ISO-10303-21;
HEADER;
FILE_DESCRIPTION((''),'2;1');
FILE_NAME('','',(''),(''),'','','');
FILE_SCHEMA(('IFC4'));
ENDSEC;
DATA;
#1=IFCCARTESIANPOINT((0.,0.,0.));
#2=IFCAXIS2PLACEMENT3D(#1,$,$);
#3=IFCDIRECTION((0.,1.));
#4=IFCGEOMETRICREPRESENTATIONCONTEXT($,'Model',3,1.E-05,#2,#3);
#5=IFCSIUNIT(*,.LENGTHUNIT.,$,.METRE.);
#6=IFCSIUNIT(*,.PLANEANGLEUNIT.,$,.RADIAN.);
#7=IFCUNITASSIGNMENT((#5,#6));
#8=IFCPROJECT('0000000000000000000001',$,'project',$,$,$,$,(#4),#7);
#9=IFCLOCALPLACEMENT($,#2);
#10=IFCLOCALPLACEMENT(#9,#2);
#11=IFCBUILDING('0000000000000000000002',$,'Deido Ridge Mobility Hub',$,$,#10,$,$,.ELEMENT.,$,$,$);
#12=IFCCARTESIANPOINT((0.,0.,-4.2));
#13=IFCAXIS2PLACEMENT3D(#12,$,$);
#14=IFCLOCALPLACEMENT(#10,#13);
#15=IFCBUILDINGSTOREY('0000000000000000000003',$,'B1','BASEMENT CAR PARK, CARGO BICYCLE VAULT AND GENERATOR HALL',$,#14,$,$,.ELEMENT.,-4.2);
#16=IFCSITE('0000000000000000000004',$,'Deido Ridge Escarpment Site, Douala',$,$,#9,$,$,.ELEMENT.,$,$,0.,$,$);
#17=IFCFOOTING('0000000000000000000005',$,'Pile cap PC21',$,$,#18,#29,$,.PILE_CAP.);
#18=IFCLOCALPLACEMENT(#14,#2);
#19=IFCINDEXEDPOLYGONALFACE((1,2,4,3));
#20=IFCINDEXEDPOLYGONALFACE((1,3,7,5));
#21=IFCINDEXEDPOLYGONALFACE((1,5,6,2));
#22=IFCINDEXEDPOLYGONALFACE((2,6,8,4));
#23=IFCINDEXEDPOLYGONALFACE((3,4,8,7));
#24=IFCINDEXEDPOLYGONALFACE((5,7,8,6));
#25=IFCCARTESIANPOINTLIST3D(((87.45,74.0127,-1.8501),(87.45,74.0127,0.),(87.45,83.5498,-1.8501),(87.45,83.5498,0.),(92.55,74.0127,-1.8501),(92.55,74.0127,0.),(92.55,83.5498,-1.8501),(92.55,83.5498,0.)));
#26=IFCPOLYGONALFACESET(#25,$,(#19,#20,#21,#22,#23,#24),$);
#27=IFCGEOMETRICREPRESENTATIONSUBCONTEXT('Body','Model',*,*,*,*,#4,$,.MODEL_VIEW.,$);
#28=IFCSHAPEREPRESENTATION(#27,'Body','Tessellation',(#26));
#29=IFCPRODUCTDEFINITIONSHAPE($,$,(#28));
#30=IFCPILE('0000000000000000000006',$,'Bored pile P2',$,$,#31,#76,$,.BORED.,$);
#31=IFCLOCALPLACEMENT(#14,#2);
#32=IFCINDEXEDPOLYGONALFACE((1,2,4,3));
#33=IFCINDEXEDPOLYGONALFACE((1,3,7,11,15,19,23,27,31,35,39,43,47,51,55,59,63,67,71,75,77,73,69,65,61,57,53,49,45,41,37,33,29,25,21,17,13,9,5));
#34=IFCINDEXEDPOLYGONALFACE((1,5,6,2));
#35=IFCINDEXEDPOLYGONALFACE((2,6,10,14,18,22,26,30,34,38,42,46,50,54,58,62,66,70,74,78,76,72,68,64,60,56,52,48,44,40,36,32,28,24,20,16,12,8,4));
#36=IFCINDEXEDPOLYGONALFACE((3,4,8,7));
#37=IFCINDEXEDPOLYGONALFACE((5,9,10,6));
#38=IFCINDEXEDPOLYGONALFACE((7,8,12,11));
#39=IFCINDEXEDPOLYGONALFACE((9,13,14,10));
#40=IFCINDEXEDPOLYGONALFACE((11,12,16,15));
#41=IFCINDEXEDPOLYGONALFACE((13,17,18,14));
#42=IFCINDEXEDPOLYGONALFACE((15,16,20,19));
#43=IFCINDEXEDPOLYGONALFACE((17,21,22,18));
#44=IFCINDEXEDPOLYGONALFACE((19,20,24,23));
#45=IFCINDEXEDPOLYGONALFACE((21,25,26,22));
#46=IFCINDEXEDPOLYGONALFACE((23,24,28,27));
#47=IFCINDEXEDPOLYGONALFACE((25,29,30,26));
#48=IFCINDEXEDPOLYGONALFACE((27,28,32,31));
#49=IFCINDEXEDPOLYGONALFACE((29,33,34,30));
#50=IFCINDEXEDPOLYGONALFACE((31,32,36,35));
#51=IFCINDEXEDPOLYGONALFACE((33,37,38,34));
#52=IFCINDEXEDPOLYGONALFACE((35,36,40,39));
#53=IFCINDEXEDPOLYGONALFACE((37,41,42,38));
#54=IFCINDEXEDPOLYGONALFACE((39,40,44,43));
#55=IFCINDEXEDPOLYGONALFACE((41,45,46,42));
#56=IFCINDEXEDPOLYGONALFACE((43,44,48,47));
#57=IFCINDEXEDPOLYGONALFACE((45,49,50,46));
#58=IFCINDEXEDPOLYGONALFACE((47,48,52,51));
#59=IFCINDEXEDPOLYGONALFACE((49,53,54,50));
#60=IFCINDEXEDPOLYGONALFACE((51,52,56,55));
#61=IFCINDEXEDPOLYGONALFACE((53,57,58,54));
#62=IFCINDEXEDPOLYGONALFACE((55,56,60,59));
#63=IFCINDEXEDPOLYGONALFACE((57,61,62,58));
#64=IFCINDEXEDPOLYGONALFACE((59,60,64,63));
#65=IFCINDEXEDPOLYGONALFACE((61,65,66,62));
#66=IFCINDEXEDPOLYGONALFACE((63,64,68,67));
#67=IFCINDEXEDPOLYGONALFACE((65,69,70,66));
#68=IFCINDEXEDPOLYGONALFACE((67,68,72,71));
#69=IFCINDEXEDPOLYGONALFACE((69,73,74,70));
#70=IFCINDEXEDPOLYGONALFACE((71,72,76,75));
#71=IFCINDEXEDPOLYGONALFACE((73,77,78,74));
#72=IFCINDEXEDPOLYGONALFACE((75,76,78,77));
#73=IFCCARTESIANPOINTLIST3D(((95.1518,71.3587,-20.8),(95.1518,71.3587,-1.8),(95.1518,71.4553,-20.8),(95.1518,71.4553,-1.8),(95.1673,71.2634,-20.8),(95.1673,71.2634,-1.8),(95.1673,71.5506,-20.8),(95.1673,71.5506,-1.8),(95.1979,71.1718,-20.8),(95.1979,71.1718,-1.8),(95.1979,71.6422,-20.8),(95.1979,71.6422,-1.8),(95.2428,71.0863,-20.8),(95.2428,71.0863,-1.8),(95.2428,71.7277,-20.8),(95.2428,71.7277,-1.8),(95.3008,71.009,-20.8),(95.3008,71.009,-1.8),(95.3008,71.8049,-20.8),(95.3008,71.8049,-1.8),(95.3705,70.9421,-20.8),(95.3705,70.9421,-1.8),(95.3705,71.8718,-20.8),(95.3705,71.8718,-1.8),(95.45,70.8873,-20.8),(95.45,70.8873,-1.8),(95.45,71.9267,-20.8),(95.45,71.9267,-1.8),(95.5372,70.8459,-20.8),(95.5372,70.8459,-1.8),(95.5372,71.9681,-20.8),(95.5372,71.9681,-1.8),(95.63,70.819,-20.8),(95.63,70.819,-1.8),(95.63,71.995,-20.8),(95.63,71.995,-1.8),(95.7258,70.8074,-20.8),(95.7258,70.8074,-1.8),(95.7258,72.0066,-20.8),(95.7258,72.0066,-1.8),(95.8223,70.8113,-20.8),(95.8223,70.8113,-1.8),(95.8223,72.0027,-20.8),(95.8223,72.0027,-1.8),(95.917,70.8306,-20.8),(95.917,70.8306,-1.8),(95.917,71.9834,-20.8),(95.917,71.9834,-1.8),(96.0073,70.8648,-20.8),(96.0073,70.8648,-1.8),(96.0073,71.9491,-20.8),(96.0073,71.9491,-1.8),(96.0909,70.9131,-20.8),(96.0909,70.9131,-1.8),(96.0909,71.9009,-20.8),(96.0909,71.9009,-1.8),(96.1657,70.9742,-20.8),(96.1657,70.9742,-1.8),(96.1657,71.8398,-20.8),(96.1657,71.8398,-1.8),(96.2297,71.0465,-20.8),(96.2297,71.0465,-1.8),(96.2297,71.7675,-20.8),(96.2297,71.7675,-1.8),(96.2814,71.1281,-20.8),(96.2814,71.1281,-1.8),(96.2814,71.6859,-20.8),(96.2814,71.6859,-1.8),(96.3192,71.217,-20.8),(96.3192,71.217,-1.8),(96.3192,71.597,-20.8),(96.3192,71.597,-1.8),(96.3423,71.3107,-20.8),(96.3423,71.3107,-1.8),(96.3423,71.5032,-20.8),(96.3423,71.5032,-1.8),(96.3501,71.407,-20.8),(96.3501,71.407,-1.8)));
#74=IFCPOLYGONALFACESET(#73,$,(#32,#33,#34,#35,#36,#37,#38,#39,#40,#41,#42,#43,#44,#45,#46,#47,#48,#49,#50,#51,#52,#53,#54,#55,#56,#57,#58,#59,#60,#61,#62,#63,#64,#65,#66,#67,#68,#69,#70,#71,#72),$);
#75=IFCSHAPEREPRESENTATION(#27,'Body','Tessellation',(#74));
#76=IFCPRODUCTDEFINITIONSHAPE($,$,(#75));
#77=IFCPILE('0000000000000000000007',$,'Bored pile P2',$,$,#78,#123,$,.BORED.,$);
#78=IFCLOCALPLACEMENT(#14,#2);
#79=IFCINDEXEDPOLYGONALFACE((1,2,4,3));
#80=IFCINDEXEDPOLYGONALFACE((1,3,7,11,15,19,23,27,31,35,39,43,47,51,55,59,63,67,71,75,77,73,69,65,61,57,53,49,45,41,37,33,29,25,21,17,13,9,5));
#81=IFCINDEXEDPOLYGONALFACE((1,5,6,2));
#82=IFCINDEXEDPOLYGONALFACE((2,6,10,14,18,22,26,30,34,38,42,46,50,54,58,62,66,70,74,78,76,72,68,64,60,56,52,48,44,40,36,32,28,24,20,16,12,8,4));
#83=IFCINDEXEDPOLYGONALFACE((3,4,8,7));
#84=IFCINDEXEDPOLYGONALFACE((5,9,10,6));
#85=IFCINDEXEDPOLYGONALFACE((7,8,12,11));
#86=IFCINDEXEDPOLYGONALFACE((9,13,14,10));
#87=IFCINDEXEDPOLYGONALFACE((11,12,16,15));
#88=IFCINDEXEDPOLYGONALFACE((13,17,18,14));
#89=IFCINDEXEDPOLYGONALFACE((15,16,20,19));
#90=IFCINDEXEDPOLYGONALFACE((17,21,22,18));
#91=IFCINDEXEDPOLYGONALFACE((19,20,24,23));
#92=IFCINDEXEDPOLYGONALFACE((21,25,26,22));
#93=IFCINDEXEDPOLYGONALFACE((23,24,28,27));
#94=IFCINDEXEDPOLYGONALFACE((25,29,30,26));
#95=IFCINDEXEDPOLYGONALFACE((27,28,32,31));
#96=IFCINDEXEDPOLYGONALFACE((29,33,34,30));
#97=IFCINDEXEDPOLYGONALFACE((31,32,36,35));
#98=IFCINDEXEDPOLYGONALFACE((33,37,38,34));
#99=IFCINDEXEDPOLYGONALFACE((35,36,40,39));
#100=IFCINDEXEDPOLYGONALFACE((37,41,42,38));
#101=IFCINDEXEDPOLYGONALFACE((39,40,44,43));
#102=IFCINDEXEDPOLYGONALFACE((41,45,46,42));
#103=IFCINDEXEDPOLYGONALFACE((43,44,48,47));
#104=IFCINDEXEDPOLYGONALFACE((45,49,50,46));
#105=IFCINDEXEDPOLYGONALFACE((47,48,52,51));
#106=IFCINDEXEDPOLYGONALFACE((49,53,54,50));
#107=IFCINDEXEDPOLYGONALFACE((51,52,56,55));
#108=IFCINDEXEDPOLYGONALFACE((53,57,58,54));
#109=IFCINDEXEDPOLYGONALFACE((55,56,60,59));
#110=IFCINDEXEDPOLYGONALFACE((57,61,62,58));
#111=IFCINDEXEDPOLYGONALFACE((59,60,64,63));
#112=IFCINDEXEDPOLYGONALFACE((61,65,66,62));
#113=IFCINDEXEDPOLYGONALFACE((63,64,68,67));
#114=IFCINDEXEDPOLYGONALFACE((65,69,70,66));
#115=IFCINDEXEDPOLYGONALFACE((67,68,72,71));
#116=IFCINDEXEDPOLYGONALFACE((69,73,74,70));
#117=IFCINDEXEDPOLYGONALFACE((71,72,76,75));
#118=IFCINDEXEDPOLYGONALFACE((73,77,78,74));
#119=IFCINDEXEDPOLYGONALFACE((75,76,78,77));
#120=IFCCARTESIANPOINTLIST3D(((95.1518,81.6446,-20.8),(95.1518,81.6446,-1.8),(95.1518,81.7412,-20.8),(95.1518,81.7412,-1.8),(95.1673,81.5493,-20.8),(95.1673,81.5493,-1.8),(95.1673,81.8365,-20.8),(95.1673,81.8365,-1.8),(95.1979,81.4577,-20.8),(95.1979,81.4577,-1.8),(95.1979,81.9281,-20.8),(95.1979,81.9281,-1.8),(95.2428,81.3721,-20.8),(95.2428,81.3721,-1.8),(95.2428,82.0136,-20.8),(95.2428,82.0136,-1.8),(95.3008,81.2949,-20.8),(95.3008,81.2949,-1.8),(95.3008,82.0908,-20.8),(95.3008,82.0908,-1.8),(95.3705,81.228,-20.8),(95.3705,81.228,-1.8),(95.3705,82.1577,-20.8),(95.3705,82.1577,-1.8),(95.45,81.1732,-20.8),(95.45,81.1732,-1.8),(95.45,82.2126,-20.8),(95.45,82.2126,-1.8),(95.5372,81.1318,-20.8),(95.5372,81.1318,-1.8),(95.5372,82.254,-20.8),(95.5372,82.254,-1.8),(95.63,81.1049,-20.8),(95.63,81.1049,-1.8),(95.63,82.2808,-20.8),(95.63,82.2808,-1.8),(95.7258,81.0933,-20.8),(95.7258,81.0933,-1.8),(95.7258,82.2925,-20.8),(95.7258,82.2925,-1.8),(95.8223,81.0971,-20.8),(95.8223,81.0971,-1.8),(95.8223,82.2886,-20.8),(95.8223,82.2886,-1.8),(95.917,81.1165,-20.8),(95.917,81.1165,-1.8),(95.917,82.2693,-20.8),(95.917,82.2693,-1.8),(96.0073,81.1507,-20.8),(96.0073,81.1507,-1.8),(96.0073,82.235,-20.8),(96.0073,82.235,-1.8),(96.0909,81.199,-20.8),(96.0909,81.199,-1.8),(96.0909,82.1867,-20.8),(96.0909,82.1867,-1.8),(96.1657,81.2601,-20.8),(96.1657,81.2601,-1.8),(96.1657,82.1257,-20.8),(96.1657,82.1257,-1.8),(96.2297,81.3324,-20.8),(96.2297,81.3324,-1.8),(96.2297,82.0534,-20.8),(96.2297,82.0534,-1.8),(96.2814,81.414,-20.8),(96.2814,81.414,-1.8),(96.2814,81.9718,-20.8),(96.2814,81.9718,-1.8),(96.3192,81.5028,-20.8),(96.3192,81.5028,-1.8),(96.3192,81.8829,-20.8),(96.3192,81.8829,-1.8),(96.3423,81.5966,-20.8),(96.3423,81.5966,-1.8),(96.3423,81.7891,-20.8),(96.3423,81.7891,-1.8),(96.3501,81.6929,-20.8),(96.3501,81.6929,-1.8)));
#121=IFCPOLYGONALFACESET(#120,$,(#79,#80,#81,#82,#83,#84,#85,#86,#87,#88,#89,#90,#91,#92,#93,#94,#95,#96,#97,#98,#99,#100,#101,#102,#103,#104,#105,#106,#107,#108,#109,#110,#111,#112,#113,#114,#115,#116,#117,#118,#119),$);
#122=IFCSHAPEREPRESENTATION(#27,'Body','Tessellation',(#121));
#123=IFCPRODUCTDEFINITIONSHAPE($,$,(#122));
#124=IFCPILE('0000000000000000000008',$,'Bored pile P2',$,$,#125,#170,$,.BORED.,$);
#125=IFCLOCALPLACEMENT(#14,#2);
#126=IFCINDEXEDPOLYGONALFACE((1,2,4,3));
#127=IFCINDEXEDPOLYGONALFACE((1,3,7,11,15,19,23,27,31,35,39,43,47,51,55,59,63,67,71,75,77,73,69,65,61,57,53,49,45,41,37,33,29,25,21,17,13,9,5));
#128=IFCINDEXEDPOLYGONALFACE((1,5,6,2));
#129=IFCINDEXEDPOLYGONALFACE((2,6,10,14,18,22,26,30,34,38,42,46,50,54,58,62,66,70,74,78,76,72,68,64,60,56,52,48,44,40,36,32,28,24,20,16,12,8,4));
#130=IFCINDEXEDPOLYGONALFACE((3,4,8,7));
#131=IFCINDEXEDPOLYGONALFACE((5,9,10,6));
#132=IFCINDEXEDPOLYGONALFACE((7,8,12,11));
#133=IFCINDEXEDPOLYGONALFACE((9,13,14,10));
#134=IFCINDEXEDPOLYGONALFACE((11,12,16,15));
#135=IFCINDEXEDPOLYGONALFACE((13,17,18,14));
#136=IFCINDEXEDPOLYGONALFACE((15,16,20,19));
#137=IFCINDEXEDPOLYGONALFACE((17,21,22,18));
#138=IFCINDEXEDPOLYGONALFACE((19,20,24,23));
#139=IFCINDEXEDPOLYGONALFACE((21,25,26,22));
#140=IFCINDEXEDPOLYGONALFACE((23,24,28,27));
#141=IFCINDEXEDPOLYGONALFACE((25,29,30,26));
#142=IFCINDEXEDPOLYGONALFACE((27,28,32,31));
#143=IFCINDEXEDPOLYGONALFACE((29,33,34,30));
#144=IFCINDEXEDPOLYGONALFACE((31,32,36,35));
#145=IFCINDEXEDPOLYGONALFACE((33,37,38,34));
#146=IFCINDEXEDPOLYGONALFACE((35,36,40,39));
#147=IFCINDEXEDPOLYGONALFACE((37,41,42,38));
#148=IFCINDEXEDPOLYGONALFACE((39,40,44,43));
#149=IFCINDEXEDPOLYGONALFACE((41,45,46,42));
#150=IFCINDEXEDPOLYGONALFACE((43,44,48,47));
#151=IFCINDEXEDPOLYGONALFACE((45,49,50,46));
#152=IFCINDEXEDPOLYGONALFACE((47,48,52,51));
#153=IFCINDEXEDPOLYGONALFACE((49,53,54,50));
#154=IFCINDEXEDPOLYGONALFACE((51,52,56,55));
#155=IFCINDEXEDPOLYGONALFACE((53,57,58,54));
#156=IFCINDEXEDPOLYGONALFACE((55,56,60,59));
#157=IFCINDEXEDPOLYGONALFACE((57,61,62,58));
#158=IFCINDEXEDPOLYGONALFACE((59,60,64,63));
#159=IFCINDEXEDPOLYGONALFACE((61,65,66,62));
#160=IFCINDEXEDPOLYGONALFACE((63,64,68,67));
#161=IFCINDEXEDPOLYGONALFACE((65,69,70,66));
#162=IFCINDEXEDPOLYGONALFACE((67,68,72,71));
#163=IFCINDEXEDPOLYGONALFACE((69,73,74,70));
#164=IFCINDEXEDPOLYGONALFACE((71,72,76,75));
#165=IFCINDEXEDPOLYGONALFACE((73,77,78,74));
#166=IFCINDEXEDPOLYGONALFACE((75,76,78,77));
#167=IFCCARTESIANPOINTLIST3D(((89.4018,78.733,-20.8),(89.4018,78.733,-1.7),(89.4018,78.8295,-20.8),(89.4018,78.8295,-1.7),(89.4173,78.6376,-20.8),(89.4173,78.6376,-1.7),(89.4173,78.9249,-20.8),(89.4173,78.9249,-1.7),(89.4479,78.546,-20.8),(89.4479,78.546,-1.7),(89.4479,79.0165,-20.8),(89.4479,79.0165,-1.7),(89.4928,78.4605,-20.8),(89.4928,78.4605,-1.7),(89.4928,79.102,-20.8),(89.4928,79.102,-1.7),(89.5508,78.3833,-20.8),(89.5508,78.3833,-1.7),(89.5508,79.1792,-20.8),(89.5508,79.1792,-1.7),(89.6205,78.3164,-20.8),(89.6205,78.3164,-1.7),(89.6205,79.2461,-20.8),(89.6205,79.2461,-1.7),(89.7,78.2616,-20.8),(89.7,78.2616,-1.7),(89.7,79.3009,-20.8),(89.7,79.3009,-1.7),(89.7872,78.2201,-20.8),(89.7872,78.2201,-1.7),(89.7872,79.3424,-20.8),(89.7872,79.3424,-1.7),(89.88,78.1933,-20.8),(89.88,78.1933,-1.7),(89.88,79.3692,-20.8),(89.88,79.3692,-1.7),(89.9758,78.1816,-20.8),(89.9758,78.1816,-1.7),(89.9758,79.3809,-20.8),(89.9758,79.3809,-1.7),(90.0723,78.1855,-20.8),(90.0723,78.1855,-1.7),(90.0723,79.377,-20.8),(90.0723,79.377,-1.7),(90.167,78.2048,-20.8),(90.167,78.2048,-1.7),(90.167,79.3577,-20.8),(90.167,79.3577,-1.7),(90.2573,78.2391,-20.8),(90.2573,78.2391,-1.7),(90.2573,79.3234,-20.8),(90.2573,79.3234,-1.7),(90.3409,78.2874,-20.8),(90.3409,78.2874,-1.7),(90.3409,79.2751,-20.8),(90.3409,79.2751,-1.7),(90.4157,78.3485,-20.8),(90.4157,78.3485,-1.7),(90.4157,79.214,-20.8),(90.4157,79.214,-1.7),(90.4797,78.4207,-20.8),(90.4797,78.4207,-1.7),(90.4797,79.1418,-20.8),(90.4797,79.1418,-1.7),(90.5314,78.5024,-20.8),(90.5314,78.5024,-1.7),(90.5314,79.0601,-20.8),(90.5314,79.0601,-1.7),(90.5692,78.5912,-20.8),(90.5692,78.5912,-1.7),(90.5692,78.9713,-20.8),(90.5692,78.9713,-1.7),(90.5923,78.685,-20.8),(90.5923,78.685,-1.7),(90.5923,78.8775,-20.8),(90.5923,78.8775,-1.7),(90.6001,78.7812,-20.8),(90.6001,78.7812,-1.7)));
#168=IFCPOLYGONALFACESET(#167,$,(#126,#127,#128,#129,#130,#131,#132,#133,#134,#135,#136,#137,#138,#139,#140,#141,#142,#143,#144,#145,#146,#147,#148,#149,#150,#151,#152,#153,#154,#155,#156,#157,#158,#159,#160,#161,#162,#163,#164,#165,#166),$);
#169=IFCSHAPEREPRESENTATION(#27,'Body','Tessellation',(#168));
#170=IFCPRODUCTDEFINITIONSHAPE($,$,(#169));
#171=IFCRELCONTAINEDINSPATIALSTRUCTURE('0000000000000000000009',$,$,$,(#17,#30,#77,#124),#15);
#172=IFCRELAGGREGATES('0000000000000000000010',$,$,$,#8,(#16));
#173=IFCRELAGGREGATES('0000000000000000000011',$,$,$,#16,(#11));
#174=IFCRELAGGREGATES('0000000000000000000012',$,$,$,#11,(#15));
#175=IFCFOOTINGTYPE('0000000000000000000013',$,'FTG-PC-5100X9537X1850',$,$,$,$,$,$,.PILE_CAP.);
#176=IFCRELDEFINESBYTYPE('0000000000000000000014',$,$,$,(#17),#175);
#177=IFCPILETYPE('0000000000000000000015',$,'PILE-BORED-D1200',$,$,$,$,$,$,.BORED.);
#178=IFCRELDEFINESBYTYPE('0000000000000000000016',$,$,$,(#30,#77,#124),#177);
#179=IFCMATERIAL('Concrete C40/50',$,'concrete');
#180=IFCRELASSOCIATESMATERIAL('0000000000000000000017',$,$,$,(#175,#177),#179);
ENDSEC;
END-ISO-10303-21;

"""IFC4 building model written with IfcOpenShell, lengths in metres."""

from ifc_helpers import new_model, si_unit, direction, frame, origin, origin_2d, place, context, subcontext, project, spatial, rectangle, circle, extrude, material, material_profile, profile_set, type_object, element, save


model = new_model("IFC4")

# Units and contexts
model_context = context("Model", 3, precision=1e-05, world=origin(), true_north=direction((0.0, 1.0)))
body_context = subcontext(model_context, "Body", "Model", "MODEL_VIEW")
ifc_project = project(units=[si_unit("LENGTHUNIT", "METRE"), si_unit("PLANEANGLEUNIT", "RADIAN")], contexts=[model_context])

# Site, building, storey
site_placement = place(None, origin())
site = spatial("IfcSite", under=ifc_project, at=site_placement, Name="Deido Ridge Escarpment Site, Douala", CompositionType="ELEMENT", RefElevation=0.0)
building_placement = place(site_placement, origin())
building = spatial("IfcBuilding", under=site, at=building_placement, Name="Deido Ridge Mobility Hub", CompositionType="ELEMENT")
storey_placement = place(building_placement, frame((0.0, 0.0, -4.2)))
storey = spatial("IfcBuildingStorey", under=building, at=storey_placement, Name="B1", Description="BASEMENT CAR PARK, CARGO BICYCLE VAULT AND GENERATOR HALL", CompositionType="ELEMENT", Elevation=-4.2)

# Footing
ifc_material_1 = material(Name="Concrete C40/50", Category="concrete")
footing_type = type_object("IfcFootingType", Name="FTG-PC-5100X9537X1850", PredefinedType="PILE_CAP", material=ifc_material_1)
footing_placement = place(storey_placement, frame((90.0, 78.7812, -1.8501), z_axis=(0.0, 0.0, 1.0), x_axis=(1.0, 0.0, 0.0)))
element("IfcFooting", 1, at=footing_placement, inside=storey, type_object=footing_type, Name="Pile cap PC21", PredefinedType="PILE_CAP", context=body_context, shape_type="SweptSolid", body=[
    extrude(rectangle(XDim=5.1001, YDim=9.5371, at=origin_2d()), origin(), (0.0, 0.0, 1.0), 1.8501),
])

# Piles
ifc_material_profile_1 = material_profile(ifc_material_1, circle(Radius=0.6001, at=origin_2d()), Name="BORED PILE D1200")
ifc_profile_set_1 = profile_set([ifc_material_profile_1], Name="Concrete C40/50")
pile_type = type_object("IfcPileType", Name="PILE-BORED-D1200", PredefinedType="BORED", material=ifc_profile_set_1)
for number, where, z_axis, x_axis, name in (
    (2, (95.75, 71.407, -1.8), (0.0, 0.0, -1.0), (1.0, 0.0, 0.0), "Bored pile P2"),
    (3, (95.75, 81.6929, -1.8), (0.0, 0.0, -1.0), (1.0, 0.0, 0.0), "Bored pile P2"),
):
    element("IfcPile", number, at=place(storey_placement, frame(where, z_axis=z_axis, x_axis=x_axis)), inside=storey, type_object=pile_type, Name=name, PredefinedType="BORED", context=body_context, shape_type="SweptSolid", body=[
        extrude(circle(Radius=0.6001, at=origin_2d()), origin(), (0.0, 0.0, 1.0), 19.0),
    ])
pile_placement = place(storey_placement, frame((90.0, 78.7812, -1.7), z_axis=(0.0, 0.0, -1.0), x_axis=(1.0, 0.0, 0.0)))
element("IfcPile", 4, at=pile_placement, inside=storey, type_object=pile_type, Name="Bored pile P2", PredefinedType="BORED", context=body_context, shape_type="SweptSolid", body=[
    extrude(circle(Radius=0.6001, at=origin_2d()), origin(), (0.0, 0.0, 1.0), 19.1001),
])

save(model, "model.ifc")
